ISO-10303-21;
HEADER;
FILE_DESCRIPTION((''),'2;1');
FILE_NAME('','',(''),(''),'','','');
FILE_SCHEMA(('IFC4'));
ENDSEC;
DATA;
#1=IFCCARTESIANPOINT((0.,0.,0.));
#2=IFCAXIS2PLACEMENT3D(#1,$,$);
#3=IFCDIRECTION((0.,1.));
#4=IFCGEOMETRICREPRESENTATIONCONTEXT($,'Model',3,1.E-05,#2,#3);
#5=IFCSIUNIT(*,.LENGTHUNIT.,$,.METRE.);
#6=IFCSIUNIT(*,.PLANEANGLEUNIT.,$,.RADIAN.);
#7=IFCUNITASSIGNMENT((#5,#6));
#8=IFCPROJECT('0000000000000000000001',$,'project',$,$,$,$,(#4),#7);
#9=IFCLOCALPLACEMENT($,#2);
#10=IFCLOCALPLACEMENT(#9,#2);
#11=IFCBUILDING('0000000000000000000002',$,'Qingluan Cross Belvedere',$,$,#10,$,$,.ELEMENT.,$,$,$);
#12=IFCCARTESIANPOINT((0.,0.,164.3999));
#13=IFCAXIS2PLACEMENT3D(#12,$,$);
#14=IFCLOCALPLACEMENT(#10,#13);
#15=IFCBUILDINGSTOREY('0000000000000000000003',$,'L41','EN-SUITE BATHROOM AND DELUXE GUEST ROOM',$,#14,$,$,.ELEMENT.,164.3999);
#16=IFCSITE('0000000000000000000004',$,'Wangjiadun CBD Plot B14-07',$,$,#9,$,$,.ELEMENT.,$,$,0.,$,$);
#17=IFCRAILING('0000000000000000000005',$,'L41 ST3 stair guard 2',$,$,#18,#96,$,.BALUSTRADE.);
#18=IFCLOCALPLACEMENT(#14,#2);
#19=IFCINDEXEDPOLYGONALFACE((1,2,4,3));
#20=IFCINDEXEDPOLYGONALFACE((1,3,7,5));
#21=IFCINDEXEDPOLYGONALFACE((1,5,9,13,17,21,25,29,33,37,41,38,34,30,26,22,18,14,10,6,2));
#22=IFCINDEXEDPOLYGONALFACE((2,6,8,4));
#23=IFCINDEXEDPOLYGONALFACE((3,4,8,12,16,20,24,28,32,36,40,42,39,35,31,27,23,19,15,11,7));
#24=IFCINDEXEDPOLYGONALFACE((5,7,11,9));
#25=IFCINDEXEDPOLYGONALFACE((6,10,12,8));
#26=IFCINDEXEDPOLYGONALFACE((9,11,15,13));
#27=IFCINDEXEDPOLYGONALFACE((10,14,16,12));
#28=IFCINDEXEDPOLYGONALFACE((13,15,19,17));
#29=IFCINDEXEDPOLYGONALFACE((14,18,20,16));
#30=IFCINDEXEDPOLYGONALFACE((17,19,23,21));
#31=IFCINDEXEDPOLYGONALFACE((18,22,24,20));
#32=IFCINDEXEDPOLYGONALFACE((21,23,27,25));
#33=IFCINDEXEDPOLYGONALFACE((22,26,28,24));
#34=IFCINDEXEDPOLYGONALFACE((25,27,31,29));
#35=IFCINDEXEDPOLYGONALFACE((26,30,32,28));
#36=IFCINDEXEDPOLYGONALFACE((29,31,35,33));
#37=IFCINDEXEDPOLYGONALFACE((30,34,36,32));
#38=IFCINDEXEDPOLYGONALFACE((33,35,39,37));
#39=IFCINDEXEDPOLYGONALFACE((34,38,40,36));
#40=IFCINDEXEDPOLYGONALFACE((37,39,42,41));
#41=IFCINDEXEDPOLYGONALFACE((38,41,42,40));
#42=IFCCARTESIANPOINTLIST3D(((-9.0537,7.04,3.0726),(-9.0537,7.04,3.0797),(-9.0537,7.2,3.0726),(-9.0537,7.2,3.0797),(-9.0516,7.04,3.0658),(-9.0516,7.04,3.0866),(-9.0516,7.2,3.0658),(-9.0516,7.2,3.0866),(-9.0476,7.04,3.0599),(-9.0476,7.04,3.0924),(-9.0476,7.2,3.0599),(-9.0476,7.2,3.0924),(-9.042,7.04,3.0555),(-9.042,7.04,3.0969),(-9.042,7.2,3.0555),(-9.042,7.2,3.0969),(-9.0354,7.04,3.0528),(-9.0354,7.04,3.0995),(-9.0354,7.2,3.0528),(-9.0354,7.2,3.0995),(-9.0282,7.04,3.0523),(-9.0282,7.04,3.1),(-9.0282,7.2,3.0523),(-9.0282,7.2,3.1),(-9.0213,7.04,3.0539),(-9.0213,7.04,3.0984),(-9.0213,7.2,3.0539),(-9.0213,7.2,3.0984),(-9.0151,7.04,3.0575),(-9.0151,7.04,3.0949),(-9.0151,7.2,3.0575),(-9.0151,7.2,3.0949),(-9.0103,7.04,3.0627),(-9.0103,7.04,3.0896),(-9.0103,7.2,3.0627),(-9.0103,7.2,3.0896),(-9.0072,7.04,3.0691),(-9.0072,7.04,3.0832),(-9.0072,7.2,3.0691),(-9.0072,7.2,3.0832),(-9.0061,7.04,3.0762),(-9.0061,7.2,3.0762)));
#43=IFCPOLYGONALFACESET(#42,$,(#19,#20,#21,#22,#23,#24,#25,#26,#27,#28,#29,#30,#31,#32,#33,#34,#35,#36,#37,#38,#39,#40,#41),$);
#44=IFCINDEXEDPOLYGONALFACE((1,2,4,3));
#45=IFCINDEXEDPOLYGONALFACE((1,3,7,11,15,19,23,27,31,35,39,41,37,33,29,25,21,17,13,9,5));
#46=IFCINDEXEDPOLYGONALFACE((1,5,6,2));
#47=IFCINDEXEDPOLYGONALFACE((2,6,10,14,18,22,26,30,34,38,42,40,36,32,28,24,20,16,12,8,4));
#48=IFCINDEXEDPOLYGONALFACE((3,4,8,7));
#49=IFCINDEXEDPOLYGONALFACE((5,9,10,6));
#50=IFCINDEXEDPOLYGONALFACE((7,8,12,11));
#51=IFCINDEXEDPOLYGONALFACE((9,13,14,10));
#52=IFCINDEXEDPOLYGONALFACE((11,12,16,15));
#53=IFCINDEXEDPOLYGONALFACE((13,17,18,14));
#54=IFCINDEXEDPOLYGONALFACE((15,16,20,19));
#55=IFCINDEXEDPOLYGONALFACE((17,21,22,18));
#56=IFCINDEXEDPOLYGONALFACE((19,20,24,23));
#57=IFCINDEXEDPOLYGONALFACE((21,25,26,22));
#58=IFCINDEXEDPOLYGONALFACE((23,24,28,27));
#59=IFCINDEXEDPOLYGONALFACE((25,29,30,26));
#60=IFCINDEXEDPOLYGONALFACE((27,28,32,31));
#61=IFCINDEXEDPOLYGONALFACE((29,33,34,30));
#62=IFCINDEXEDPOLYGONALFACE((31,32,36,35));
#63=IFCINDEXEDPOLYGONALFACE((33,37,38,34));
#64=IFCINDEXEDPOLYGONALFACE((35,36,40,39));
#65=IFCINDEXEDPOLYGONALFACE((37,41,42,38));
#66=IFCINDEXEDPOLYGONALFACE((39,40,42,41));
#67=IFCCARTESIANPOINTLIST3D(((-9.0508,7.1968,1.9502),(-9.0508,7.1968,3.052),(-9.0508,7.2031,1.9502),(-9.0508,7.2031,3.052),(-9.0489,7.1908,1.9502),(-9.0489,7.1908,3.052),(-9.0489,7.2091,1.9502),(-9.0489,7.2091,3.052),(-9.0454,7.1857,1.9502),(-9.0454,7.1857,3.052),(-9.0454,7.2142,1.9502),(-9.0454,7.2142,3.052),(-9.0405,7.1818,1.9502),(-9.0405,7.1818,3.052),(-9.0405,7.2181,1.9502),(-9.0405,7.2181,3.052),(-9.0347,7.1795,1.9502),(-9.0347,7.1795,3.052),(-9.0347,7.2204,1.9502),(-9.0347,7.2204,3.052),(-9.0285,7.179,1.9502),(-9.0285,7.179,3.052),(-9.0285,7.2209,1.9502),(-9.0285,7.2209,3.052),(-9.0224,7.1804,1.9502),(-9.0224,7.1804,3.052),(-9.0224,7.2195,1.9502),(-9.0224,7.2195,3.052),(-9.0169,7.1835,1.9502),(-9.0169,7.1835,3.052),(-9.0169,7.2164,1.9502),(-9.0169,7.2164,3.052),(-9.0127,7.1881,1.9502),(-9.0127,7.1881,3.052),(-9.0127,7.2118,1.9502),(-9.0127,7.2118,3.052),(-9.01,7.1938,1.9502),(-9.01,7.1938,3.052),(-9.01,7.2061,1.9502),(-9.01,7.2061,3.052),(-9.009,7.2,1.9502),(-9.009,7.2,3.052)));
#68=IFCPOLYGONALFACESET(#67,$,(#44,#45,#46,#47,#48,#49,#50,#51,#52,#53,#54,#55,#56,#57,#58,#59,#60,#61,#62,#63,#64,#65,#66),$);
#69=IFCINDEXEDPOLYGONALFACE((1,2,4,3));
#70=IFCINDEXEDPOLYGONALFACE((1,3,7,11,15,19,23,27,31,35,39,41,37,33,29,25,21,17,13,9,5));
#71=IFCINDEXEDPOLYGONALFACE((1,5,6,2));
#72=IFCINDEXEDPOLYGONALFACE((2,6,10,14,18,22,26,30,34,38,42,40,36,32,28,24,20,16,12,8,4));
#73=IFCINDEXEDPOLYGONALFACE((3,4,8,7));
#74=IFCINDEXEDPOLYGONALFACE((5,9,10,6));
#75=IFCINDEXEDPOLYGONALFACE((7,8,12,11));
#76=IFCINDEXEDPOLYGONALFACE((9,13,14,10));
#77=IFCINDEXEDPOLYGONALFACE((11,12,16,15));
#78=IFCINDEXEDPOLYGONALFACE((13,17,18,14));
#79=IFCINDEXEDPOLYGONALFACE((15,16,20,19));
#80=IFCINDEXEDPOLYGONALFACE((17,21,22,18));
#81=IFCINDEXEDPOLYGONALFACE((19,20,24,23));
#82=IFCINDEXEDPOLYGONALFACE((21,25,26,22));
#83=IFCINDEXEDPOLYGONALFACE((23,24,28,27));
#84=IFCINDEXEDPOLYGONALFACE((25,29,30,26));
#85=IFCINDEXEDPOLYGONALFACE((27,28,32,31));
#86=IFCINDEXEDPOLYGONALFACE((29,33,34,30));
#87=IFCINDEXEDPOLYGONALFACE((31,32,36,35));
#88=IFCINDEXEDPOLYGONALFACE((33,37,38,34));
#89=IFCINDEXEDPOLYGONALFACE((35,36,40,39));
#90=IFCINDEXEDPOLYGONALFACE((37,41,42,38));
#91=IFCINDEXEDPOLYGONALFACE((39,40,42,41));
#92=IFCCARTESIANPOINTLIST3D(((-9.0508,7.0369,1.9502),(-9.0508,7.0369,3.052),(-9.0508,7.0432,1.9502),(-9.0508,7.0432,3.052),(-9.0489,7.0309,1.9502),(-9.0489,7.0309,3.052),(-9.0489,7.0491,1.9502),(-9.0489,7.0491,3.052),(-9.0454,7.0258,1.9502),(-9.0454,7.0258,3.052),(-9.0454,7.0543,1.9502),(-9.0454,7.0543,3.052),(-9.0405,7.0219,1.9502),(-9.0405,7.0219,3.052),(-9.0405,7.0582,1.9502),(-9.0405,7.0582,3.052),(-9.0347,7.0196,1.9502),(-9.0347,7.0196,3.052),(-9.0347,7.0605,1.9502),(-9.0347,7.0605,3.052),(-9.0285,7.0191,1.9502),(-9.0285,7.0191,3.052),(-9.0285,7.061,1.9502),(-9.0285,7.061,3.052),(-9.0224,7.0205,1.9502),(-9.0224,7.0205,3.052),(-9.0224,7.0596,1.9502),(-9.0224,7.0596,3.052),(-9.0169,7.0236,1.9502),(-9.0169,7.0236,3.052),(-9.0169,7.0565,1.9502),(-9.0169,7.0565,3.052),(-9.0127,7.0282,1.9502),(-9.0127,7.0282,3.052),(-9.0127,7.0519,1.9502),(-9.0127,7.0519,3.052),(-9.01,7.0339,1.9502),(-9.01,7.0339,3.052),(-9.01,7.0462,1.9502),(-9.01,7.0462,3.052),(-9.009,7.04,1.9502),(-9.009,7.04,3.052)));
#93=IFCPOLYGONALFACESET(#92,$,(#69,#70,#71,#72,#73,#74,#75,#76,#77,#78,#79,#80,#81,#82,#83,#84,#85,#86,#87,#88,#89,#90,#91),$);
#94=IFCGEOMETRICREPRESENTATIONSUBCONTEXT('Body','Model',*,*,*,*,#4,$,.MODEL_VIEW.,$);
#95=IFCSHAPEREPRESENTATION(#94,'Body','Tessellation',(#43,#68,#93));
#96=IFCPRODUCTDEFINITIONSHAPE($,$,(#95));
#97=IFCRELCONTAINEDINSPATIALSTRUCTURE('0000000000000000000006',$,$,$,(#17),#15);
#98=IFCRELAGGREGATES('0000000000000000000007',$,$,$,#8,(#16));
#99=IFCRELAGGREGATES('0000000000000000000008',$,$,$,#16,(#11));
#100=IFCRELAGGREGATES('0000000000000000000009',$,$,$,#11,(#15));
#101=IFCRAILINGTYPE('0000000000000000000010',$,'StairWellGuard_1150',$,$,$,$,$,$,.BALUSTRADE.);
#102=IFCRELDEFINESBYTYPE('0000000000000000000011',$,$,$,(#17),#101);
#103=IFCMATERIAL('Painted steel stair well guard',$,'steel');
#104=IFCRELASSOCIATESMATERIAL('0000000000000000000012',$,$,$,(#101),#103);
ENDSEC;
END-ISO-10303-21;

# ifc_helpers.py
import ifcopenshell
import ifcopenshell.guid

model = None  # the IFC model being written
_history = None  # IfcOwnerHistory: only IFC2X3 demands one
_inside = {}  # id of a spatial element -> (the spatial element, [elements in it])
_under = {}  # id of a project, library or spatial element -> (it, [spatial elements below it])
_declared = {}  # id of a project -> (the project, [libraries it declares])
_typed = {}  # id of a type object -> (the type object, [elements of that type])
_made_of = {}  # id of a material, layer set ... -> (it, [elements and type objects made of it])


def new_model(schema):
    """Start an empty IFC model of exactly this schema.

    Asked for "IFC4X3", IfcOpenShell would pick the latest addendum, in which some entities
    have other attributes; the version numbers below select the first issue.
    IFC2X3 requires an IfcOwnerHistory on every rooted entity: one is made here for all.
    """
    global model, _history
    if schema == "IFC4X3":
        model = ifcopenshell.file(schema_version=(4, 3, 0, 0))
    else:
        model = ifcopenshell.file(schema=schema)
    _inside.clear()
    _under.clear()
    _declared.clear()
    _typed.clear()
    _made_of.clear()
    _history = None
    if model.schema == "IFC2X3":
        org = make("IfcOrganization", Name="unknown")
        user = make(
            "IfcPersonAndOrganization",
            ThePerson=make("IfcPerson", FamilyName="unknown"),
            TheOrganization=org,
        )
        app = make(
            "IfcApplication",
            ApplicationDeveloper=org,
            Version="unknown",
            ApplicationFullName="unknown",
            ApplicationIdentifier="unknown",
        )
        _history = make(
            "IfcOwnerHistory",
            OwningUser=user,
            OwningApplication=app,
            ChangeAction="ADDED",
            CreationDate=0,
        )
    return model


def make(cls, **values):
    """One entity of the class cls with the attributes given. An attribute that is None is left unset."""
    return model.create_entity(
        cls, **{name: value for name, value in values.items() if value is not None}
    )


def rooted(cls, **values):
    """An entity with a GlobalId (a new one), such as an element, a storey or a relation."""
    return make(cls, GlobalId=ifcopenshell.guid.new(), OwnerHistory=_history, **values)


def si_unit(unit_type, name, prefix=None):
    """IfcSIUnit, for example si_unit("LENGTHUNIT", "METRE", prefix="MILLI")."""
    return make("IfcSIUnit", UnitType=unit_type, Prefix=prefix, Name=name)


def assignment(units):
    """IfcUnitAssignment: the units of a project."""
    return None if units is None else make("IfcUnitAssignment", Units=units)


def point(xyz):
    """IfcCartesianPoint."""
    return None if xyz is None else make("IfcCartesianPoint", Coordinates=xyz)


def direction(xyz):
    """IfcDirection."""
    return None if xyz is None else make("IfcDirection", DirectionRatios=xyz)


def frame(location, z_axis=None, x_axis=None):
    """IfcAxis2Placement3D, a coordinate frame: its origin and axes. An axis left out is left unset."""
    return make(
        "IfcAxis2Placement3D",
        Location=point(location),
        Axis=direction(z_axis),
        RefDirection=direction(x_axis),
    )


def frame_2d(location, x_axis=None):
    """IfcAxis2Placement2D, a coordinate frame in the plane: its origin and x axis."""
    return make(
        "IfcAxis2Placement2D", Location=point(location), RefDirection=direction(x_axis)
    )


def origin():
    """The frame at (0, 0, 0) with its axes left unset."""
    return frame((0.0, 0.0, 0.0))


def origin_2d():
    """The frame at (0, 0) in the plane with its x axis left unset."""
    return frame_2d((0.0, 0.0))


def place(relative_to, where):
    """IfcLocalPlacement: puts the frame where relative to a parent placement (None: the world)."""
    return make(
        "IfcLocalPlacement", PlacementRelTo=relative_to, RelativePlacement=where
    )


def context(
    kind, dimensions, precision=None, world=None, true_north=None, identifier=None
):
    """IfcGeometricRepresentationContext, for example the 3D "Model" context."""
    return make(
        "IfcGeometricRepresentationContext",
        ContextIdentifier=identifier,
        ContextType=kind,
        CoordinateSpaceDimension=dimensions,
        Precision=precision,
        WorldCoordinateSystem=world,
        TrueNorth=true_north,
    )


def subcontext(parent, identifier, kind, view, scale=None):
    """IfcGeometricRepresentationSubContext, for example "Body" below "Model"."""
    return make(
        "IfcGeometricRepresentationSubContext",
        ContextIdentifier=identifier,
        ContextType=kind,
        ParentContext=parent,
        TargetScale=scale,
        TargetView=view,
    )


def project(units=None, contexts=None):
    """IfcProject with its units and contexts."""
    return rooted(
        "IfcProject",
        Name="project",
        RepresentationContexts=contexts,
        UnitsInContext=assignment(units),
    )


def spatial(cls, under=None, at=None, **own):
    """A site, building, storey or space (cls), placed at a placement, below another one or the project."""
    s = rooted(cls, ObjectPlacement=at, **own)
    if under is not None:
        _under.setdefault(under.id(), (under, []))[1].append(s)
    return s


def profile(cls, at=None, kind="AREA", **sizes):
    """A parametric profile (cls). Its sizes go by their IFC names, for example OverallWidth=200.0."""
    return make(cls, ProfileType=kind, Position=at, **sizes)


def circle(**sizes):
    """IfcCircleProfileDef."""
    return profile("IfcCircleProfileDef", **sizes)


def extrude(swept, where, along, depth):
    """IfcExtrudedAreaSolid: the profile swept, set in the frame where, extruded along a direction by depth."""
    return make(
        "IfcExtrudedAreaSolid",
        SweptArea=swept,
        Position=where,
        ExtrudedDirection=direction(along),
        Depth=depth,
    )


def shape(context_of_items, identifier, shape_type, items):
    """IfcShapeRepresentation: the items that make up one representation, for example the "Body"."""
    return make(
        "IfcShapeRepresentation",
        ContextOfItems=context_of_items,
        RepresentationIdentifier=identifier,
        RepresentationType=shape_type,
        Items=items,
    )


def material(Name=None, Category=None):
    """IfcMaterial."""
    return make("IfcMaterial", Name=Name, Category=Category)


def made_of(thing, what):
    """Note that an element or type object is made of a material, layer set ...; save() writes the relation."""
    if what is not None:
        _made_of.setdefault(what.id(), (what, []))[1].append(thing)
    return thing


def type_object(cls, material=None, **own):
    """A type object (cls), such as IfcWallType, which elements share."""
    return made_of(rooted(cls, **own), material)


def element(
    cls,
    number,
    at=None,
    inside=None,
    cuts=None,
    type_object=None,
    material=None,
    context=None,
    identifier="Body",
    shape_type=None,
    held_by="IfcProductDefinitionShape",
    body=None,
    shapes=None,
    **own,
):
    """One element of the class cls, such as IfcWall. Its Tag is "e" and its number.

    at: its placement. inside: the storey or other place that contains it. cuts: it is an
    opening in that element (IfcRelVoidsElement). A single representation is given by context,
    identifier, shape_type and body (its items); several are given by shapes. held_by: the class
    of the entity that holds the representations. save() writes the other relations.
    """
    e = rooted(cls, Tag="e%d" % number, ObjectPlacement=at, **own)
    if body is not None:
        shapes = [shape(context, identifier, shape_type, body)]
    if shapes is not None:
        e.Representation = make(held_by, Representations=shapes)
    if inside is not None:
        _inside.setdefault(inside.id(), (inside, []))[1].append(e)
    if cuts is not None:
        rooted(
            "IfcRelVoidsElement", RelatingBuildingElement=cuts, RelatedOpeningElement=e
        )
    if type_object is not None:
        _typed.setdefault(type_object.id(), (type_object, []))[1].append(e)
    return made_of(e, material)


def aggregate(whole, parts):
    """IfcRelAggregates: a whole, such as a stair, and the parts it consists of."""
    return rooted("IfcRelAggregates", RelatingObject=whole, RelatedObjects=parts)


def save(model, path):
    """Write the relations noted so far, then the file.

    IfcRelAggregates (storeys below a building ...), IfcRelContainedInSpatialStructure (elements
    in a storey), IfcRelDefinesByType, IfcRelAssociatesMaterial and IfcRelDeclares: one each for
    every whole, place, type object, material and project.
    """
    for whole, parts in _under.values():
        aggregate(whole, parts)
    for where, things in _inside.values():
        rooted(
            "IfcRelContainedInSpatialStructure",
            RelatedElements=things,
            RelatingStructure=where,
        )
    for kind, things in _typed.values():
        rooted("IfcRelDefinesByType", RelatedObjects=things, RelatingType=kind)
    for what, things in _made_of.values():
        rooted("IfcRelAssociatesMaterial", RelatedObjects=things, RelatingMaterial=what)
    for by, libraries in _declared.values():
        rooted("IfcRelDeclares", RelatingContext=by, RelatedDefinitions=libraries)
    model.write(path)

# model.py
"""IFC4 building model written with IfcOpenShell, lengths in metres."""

from ifc_helpers import new_model, si_unit, direction, frame, origin, origin_2d, place, context, subcontext, project, spatial, circle, extrude, material, type_object, element, save


model = new_model("IFC4")

# Units and contexts
model_context = context("Model", 3, precision=1e-05, world=origin(), true_north=direction((0.0, 1.0)))
body_context = subcontext(model_context, "Body", "Model", "MODEL_VIEW")
ifc_project = project(units=[si_unit("LENGTHUNIT", "METRE"), si_unit("PLANEANGLEUNIT", "RADIAN")], contexts=[model_context])

# Site, building, storey
site_placement = place(None, origin())
site = spatial("IfcSite", under=ifc_project, at=site_placement, Name="Wangjiadun CBD Plot B14-07", CompositionType="ELEMENT", RefElevation=0.0)
building_placement = place(site_placement, origin())
building = spatial("IfcBuilding", under=site, at=building_placement, Name="Qingluan Cross Belvedere", CompositionType="ELEMENT")
storey_placement = place(building_placement, frame((0.0, 0.0, 164.3999)))
storey = spatial("IfcBuildingStorey", under=building, at=storey_placement, Name="L41", Description="EN-SUITE BATHROOM AND DELUXE GUEST ROOM", CompositionType="ELEMENT", Elevation=164.3999)

# Railing
ifc_material_1 = material(Name="Painted steel stair well guard", Category="steel")
railing_type_1 = type_object("IfcRailingType", Name="StairWellGuard_1150", PredefinedType="BALUSTRADE", material=ifc_material_1)
railing_1_placement = place(storey_placement, frame((-9.03, 7.2, 1.9502)))
element("IfcRailing", 1, at=railing_1_placement, inside=storey, type_object=railing_type_1, Name="L41 ST3 stair guard 2", PredefinedType="BALUSTRADE", context=body_context, shape_type="SweptSolid", body=[
    extrude(circle(Radius=0.0239, at=origin_2d()), frame((0.0, 0.0, 1.126), z_axis=(0.0, -1.0, 0.0), x_axis=(1.0, 0.0, 0.0)), (0.0, 0.0, 1.0), 0.1599),
    extrude(circle(Radius=0.021, at=origin_2d()), origin(), (0.0, 0.0, 1.0), 1.1018),
    extrude(circle(Radius=0.021, at=origin_2d()), frame((0.0, -0.1599, 0.0)), (0.0, 0.0, 1.0), 1.1018),
])

save(model, "model.ifc")
